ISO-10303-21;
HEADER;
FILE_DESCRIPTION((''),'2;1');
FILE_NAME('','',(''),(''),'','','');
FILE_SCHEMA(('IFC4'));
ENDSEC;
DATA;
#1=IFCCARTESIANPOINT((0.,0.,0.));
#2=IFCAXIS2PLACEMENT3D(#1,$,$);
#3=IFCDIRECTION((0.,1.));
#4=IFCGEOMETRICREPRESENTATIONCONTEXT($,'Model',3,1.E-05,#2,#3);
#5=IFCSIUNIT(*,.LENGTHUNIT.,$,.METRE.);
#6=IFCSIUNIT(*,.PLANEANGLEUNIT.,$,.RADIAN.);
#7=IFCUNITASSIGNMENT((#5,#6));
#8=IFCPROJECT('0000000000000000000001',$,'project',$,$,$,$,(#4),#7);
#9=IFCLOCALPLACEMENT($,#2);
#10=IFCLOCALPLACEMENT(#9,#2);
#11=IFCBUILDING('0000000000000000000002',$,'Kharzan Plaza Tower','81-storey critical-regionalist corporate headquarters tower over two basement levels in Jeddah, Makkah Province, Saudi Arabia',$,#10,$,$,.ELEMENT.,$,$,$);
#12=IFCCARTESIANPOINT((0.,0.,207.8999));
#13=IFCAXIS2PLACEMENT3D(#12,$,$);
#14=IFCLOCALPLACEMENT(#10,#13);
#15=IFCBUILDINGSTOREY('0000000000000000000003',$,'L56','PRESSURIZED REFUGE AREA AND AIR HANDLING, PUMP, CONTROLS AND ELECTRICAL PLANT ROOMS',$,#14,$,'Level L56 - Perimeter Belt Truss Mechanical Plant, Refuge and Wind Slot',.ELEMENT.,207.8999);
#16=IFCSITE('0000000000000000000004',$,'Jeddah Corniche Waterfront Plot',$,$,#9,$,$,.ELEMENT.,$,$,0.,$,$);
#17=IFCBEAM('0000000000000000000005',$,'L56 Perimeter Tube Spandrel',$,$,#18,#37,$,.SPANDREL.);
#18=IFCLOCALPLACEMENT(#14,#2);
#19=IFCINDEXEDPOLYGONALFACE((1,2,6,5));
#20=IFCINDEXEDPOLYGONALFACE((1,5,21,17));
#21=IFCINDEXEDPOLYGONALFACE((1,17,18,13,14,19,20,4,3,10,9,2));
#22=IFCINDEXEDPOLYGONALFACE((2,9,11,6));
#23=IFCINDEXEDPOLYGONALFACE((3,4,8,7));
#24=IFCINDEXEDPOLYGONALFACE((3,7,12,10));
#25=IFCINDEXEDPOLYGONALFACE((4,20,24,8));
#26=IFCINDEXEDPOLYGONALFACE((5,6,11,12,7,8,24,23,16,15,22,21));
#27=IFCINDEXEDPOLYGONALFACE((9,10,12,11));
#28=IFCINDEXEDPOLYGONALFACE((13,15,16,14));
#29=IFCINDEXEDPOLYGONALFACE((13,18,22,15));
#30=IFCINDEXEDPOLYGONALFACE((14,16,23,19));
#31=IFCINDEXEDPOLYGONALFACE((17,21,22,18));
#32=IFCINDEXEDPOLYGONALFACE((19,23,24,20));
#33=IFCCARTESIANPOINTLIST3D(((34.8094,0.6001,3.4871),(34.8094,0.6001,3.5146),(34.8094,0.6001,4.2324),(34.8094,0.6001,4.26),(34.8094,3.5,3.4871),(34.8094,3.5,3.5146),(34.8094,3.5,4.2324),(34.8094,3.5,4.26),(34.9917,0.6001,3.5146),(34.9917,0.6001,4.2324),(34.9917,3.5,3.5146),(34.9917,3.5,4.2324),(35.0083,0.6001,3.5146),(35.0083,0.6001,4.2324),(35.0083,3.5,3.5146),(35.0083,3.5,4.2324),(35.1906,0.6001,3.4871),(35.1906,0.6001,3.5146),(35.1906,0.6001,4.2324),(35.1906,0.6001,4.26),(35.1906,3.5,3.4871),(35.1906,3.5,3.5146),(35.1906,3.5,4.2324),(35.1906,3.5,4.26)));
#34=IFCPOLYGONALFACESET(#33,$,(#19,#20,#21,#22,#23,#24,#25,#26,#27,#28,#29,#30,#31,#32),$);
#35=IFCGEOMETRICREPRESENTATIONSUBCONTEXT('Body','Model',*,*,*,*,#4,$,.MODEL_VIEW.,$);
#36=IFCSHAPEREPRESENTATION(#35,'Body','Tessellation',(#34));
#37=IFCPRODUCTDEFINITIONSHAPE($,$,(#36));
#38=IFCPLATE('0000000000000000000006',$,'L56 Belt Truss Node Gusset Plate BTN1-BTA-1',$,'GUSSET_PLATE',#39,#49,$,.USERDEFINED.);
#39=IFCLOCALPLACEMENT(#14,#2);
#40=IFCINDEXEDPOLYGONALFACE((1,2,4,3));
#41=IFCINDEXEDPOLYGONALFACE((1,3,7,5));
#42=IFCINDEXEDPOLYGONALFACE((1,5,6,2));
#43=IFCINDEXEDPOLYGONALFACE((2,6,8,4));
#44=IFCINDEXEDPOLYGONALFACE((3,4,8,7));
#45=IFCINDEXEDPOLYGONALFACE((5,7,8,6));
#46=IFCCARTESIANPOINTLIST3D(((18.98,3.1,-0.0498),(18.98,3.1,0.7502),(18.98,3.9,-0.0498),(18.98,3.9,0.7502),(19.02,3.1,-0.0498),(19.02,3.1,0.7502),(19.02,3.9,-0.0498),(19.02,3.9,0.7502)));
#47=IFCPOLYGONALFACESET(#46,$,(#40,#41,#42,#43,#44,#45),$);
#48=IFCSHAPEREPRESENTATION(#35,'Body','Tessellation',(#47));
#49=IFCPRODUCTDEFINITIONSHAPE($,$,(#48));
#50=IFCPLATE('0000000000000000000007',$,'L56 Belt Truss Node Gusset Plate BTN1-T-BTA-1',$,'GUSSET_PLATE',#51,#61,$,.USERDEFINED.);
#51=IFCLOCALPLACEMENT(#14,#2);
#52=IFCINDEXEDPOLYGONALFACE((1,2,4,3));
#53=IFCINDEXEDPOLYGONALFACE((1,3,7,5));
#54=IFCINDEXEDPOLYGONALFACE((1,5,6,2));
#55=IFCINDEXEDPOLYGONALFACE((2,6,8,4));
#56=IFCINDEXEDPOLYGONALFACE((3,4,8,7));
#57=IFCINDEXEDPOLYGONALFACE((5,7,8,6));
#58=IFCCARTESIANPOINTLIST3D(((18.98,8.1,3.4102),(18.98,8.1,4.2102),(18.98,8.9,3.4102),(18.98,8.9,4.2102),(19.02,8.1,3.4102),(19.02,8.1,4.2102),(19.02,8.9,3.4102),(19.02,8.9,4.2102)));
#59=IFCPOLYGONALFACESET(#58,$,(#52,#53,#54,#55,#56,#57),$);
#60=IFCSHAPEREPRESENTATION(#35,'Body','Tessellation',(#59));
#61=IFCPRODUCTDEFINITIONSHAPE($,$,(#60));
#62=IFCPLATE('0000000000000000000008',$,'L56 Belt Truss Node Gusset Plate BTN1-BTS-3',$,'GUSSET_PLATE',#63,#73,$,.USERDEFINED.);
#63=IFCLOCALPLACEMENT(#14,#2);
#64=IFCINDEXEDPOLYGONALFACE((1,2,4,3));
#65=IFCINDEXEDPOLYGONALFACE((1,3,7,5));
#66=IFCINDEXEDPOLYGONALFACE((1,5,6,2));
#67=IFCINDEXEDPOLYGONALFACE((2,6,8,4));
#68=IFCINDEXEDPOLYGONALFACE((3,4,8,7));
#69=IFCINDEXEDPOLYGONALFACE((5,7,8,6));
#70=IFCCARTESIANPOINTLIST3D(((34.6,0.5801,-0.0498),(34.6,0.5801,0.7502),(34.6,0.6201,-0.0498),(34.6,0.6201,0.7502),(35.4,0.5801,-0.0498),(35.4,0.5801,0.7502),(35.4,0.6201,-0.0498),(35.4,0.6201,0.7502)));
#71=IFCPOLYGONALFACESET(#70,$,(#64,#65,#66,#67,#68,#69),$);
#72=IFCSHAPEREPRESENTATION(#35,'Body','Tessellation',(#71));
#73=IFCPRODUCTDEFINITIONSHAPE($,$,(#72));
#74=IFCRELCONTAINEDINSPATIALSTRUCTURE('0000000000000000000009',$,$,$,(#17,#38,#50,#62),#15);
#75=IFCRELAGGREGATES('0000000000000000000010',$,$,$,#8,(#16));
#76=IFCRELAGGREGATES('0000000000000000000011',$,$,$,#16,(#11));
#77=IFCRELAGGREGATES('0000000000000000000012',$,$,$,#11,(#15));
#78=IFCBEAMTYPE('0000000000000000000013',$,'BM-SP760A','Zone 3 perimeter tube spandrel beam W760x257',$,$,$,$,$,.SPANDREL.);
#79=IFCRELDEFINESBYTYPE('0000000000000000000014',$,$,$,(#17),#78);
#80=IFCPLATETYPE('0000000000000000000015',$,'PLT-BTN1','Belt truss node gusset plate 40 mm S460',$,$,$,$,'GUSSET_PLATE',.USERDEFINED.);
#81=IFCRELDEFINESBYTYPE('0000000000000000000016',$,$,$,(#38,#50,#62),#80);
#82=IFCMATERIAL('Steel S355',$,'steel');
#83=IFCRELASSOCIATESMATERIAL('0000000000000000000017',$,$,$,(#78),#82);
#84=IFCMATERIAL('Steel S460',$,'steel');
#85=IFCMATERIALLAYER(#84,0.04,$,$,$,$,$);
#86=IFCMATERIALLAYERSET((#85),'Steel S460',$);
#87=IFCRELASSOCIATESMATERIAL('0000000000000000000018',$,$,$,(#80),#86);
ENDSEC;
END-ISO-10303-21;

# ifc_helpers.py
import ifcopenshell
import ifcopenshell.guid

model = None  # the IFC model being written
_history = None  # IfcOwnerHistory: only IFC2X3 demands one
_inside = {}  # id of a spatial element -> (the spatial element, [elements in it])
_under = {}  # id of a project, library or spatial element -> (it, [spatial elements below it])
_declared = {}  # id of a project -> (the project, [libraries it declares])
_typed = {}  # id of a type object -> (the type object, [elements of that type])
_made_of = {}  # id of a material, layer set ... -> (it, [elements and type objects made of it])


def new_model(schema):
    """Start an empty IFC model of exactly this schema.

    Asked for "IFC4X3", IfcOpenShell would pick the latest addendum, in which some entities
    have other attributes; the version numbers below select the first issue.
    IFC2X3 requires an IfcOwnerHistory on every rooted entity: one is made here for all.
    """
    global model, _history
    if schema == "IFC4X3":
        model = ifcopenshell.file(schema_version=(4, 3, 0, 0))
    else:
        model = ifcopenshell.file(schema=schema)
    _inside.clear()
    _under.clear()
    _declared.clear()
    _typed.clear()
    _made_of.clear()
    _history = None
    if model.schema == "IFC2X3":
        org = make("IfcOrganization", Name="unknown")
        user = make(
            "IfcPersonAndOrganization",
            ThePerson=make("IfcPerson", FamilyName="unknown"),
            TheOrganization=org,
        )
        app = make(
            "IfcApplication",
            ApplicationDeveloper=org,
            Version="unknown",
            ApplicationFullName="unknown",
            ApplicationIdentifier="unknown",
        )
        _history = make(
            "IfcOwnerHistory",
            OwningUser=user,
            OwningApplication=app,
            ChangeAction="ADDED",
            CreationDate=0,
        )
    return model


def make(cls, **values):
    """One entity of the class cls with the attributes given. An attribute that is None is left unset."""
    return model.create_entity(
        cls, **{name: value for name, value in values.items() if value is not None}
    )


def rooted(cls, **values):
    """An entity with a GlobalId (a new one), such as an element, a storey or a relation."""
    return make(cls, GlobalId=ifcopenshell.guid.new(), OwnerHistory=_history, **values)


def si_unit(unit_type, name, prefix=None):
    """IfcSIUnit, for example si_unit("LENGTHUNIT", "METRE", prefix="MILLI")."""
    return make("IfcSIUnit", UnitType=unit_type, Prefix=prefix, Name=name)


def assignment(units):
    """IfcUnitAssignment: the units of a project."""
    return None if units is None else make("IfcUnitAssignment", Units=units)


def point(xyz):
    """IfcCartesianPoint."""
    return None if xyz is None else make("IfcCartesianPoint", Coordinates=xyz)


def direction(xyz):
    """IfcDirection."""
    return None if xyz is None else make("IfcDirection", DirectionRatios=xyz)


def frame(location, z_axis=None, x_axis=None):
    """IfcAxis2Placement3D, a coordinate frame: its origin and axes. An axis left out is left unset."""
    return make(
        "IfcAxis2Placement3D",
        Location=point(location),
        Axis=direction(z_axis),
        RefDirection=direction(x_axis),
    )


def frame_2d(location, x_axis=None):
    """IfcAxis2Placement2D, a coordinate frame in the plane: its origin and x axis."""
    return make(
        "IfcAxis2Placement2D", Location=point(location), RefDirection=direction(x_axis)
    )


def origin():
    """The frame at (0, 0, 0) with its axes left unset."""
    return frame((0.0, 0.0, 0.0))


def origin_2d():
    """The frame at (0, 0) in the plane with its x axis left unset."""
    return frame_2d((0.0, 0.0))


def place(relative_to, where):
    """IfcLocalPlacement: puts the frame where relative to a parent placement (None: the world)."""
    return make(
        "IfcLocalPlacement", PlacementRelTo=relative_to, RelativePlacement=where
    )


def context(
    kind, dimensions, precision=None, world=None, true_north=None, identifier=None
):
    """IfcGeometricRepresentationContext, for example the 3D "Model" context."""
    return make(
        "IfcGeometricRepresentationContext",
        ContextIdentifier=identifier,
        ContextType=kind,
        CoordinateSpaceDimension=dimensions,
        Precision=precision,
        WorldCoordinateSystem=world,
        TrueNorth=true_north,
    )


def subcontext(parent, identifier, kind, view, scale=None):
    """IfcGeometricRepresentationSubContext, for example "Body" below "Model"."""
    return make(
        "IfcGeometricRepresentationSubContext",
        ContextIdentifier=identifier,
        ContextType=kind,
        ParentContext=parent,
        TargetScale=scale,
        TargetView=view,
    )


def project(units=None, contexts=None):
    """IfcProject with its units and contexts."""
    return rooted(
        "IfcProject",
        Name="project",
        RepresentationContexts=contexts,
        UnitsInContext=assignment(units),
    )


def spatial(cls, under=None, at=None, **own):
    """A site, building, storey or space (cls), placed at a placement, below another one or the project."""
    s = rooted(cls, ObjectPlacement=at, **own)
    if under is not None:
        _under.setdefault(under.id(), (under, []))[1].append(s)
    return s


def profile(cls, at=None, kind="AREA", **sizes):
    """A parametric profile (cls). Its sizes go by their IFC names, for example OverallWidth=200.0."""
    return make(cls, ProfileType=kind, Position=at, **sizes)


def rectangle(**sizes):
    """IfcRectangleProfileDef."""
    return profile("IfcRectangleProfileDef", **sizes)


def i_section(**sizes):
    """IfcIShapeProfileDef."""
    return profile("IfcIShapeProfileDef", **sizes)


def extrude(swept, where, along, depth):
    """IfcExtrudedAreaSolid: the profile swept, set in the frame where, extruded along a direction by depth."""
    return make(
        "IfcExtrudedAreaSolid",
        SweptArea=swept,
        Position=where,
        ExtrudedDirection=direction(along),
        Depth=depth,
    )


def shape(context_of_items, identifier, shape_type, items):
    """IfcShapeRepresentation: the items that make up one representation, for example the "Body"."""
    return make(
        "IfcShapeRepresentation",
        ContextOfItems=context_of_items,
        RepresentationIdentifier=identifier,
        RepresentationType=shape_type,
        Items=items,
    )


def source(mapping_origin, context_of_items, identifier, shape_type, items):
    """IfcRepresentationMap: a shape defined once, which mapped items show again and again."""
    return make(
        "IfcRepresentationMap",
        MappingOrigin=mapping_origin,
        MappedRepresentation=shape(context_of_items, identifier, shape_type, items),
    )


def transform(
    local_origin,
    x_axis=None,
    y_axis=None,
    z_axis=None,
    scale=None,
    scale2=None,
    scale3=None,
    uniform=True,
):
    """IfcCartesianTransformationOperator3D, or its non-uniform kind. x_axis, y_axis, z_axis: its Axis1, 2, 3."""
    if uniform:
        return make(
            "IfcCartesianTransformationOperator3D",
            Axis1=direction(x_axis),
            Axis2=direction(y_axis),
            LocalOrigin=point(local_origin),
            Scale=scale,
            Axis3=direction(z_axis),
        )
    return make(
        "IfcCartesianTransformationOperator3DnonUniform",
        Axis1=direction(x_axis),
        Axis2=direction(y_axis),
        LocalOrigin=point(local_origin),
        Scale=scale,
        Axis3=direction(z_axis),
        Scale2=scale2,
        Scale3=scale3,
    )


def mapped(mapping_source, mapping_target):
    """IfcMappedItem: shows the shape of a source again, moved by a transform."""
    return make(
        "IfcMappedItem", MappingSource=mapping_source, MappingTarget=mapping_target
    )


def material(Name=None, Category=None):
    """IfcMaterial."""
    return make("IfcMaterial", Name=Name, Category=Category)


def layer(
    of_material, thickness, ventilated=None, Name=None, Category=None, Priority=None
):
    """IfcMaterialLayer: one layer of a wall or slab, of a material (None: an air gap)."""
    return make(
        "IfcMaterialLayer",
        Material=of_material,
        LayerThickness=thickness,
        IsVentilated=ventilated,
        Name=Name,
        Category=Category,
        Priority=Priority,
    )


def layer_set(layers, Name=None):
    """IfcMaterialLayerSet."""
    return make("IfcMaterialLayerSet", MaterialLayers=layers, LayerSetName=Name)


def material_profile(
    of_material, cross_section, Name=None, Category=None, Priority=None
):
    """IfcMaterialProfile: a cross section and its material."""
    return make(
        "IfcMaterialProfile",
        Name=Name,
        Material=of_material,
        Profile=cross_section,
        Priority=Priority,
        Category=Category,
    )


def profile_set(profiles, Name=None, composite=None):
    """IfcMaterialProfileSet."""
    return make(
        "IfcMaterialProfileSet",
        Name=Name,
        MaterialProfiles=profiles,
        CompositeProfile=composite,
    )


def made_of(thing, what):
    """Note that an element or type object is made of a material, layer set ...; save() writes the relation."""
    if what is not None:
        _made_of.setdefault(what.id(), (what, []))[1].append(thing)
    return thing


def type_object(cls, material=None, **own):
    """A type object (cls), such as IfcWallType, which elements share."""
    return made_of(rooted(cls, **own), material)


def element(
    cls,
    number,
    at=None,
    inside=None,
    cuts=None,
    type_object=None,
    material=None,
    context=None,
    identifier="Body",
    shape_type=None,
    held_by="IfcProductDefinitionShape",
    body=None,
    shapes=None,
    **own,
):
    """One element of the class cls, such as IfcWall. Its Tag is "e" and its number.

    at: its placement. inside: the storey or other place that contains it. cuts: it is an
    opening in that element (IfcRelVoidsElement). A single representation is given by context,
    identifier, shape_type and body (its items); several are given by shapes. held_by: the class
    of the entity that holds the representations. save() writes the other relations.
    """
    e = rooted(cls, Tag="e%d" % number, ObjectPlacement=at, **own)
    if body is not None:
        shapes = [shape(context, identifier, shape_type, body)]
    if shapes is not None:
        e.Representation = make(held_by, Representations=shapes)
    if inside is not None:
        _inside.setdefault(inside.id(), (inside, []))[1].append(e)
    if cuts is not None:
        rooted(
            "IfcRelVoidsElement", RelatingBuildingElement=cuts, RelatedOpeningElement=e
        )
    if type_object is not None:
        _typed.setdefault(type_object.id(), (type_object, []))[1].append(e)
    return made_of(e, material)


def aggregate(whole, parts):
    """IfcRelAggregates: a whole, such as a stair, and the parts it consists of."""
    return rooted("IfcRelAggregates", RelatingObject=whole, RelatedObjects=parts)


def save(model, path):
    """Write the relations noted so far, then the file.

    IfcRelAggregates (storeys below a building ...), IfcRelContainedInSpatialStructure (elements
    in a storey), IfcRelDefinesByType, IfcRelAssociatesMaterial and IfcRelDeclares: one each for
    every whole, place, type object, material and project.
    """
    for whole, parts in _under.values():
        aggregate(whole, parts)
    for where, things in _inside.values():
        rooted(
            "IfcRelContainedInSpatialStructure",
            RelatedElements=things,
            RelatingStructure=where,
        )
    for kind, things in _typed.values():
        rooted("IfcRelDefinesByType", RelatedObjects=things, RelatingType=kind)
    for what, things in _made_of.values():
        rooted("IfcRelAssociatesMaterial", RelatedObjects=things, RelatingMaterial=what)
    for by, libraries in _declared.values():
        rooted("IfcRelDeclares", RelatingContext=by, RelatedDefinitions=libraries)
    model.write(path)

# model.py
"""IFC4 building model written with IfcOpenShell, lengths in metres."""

from ifc_helpers import new_model, si_unit, direction, frame, origin, origin_2d, place, context, subcontext, project, spatial, rectangle, i_section, extrude, source, transform, mapped, material, layer, layer_set, material_profile, profile_set, type_object, element, save


model = new_model("IFC4")

# Units and contexts
model_context = context("Model", 3, precision=1e-05, world=origin(), true_north=direction((0.0, 1.0)))
body_context = subcontext(model_context, "Body", "Model", "MODEL_VIEW")
ifc_project = project(units=[si_unit("LENGTHUNIT", "METRE"), si_unit("PLANEANGLEUNIT", "RADIAN")], contexts=[model_context])

# Site, building, storey
site_placement = place(None, origin())
site = spatial("IfcSite", under=ifc_project, at=site_placement, Name="Jeddah Corniche Waterfront Plot", CompositionType="ELEMENT", RefElevation=0.0)
building_placement = place(site_placement, origin())
building = spatial("IfcBuilding", under=site, at=building_placement, Name="Kharzan Plaza Tower", Description="81-storey critical-regionalist corporate headquarters tower over two basement levels in Jeddah, Makkah Province, Saudi Arabia", CompositionType="ELEMENT")
storey_placement = place(building_placement, frame((0.0, 0.0, 207.8999)))
storey = spatial("IfcBuildingStorey", under=building, at=storey_placement, Name="L56", Description="PRESSURIZED REFUGE AREA AND AIR HANDLING, PUMP, CONTROLS AND ELECTRICAL PLANT ROOMS", LongName="Level L56 - Perimeter Belt Truss Mechanical Plant, Refuge and Wind Slot", CompositionType="ELEMENT", Elevation=207.8999)

# Shared definitions
ifc_material_1 = material(Name="Steel S355", Category="steel")

# Beam
ifc_material_profile_1 = material_profile(ifc_material_1, i_section(OverallWidth=0.3811, OverallDepth=0.7729, WebThickness=0.0166, FlangeThickness=0.0276, at=origin_2d()), Name="W760x257")
ifc_profile_set_1 = profile_set([ifc_material_profile_1], Name="Steel S355")
beam_type_1 = type_object("IfcBeamType", Name="BM-SP760A", Description="Zone 3 perimeter tube spandrel beam W760x257", PredefinedType="SPANDREL", material=ifc_profile_set_1)
shared_shape_1 = source(origin(), body_context, "Body", "SweptSolid", [
    extrude(i_section(OverallWidth=0.3811, OverallDepth=0.7729, WebThickness=0.0166, FlangeThickness=0.0276, at=origin_2d()), origin(), (0.0, 0.0, 1.0), 2.8999),
])
for number, where, z_axis, x_axis, name in (
    (1, (35.0, 0.6001, 3.8735), (0.0, 1.0, 0.0), (-1.0, 0.0, 0.0), "L56 Perimeter Tube Spandrel"),
):
    element("IfcBeam", number, at=place(storey_placement, frame(where, z_axis=z_axis, x_axis=x_axis)), inside=storey, type_object=beam_type_1, Name=name, PredefinedType="SPANDREL", context=body_context, shape_type="MappedRepresentation", body=[
        mapped(shared_shape_1, transform((0.0, 0.0, 0.0), x_axis=(1.0, 0.0, 0.0), y_axis=(0.0, 1.0, 0.0), z_axis=(0.0, 0.0, 1.0))),
    ])

# Plates
ifc_material_2 = material(Name="Steel S460", Category="steel")
ifc_layer_1 = layer(ifc_material_2, 0.04)
ifc_layer_set_1 = layer_set([ifc_layer_1], Name="Steel S460")
plate_type = type_object("IfcPlateType", Name="PLT-BTN1", Description="Belt truss node gusset plate 40 mm S460", ElementType="GUSSET_PLATE", PredefinedType="USERDEFINED", material=ifc_layer_set_1)
shared_shape_2 = source(origin(), body_context, "Body", "SweptSolid", [
    extrude(rectangle(XDim=0.8, YDim=0.04, at=origin_2d()), origin(), (0.0, 0.0, 1.0), 0.8),
])
for number, where, z_axis, x_axis, name in (
    (2, (19.0, 3.5, -0.0498), (0.0, 0.0, 1.0), (0.0, 1.0, 0.0), "L56 Belt Truss Node Gusset Plate BTN1-BTA-1"),
    (3, (19.0, 8.5, 3.4102), (0.0, 0.0, 1.0), (0.0, 1.0, 0.0), "L56 Belt Truss Node Gusset Plate BTN1-T-BTA-1"),
    (4, (35.0, 0.6001, -0.0498), (0.0, 0.0, 1.0), (1.0, 0.0, 0.0), "L56 Belt Truss Node Gusset Plate BTN1-BTS-3"),
):
    element("IfcPlate", number, at=place(storey_placement, frame(where, z_axis=z_axis, x_axis=x_axis)), inside=storey, type_object=plate_type, Name=name, ObjectType="GUSSET_PLATE", PredefinedType="USERDEFINED", context=body_context, shape_type="MappedRepresentation", body=[
        mapped(shared_shape_2, transform((0.0, 0.0, 0.0), x_axis=(1.0, 0.0, 0.0), y_axis=(0.0, 1.0, 0.0), z_axis=(0.0, 0.0, 1.0))),
    ])

save(model, "model.ifc")
